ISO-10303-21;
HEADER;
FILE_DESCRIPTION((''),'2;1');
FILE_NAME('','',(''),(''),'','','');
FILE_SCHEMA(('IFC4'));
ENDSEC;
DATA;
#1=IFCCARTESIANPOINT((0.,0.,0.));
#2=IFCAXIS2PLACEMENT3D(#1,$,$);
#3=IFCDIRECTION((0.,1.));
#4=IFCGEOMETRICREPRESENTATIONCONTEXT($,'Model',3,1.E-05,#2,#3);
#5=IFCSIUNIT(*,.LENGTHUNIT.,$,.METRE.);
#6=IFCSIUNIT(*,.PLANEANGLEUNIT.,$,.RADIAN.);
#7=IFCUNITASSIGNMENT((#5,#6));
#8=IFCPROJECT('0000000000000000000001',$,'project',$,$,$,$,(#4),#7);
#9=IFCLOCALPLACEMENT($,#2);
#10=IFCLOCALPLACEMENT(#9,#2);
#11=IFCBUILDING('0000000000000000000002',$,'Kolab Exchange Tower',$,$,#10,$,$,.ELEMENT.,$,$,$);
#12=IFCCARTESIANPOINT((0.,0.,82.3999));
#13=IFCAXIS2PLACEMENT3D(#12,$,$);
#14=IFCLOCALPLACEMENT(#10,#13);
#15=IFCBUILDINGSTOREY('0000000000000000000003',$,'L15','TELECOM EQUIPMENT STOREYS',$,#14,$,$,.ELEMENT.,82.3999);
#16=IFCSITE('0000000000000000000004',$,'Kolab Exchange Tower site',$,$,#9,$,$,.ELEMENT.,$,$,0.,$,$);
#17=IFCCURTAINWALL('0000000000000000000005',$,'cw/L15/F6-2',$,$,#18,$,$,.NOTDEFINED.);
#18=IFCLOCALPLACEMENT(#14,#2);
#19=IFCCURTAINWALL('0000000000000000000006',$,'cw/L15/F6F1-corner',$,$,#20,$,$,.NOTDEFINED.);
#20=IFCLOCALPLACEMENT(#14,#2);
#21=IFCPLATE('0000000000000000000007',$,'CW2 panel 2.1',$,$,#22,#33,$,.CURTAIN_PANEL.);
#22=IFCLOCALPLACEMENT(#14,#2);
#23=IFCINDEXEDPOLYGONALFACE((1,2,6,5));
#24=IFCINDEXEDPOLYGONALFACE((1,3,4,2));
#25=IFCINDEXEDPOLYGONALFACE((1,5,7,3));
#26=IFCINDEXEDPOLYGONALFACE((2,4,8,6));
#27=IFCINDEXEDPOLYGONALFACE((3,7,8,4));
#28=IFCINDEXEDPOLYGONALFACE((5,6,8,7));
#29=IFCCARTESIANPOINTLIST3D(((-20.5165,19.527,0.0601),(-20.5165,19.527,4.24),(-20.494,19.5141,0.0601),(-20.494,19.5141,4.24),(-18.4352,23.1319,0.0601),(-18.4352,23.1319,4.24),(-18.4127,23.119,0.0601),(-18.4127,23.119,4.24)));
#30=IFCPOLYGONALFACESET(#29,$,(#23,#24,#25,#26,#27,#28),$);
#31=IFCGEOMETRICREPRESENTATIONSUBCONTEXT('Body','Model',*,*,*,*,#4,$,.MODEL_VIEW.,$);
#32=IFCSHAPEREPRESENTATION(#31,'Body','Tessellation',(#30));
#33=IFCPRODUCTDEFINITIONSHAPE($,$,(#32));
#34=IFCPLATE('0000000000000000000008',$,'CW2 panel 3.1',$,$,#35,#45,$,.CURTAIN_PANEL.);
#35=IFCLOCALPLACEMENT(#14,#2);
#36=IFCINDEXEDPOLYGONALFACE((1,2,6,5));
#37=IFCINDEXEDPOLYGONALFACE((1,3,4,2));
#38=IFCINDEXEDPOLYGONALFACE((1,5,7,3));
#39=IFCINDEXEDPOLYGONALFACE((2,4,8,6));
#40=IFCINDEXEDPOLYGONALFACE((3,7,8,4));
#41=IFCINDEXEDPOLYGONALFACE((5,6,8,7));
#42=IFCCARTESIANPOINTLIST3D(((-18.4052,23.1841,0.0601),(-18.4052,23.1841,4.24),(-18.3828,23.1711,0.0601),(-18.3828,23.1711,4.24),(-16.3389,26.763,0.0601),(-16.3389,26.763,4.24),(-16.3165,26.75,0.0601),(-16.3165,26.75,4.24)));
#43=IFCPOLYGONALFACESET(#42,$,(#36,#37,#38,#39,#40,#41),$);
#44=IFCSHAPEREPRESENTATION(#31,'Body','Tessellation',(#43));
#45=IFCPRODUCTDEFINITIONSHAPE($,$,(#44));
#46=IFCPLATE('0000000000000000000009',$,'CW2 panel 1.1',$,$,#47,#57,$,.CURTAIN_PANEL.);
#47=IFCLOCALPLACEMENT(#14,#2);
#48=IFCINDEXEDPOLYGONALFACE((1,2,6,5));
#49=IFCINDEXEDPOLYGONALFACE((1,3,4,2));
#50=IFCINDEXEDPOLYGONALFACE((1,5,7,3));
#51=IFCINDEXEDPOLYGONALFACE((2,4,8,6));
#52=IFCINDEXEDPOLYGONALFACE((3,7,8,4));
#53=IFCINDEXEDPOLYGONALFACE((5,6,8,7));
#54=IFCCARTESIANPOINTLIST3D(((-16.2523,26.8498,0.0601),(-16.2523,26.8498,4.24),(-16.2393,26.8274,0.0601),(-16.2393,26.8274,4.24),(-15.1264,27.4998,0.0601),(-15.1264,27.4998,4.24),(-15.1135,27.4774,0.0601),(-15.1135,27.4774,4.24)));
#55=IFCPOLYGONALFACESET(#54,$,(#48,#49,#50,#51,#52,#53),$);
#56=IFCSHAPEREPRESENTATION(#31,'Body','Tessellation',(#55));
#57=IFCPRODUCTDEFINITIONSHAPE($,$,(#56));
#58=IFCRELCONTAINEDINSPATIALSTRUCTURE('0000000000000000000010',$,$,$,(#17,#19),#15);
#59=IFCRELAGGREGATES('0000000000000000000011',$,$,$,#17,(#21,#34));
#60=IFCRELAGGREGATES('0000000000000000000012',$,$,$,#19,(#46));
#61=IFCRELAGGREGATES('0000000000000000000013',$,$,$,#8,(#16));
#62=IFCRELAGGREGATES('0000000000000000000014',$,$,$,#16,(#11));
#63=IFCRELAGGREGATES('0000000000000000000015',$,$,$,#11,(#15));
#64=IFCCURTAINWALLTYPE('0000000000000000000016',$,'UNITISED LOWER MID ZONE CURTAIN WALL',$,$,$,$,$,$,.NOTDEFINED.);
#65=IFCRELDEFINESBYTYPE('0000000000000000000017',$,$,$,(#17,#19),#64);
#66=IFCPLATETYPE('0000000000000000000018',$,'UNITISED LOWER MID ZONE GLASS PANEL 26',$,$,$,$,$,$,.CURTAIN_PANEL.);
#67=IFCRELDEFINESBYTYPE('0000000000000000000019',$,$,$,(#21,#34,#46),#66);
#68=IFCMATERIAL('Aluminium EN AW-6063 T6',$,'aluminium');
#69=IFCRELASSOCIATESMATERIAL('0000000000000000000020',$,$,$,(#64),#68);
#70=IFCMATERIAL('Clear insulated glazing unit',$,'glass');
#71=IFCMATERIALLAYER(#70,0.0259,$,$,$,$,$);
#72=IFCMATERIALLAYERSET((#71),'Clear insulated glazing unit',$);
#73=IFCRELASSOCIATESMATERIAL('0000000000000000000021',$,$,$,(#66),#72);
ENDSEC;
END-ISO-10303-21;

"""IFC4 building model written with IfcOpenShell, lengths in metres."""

from ifc_helpers import new_model, si_unit, direction, frame, origin, origin_2d, place, context, subcontext, project, spatial, rectangle, extrude, material, layer, layer_set, type_object, element, aggregate, save


model = new_model("IFC4")

# Units and contexts
model_context = context("Model", 3, precision=1e-05, world=origin(), true_north=direction((0.0, 1.0)))
body_context = subcontext(model_context, "Body", "Model", "MODEL_VIEW")
ifc_project = project(units=[si_unit("LENGTHUNIT", "METRE"), si_unit("PLANEANGLEUNIT", "RADIAN")], contexts=[model_context])

# Site, building, storey
site_placement = place(None, origin())
site = spatial("IfcSite", under=ifc_project, at=site_placement, Name="Kolab Exchange Tower site", CompositionType="ELEMENT", RefElevation=0.0)
building_placement = place(site_placement, origin())
building = spatial("IfcBuilding", under=site, at=building_placement, Name="Kolab Exchange Tower", CompositionType="ELEMENT")
storey_placement = place(building_placement, frame((0.0, 0.0, 82.3999)))
storey = spatial("IfcBuildingStorey", under=building, at=storey_placement, Name="L15", Description="TELECOM EQUIPMENT STOREYS", CompositionType="ELEMENT", Elevation=82.3999)

# Shared definitions
ifc_material_1 = material(Name="Aluminium EN AW-6063 T6", Category="aluminium")
curtain_wall_type = type_object("IfcCurtainWallType", Name="UNITISED LOWER MID ZONE CURTAIN WALL", PredefinedType="NOTDEFINED", material=ifc_material_1)

# Curtain walls
curtain_wall_1_placement = place(storey_placement, origin())
curtain_wall_1 = element("IfcCurtainWall", 1, at=curtain_wall_1_placement, inside=storey, type_object=curtain_wall_type, Name="cw/L15/F6-2", PredefinedType="NOTDEFINED")
curtain_wall_2_placement = place(storey_placement, origin())
curtain_wall_2 = element("IfcCurtainWall", 2, at=curtain_wall_2_placement, inside=storey, type_object=curtain_wall_type, Name="cw/L15/F6F1-corner", PredefinedType="NOTDEFINED")

# Plates
ifc_material_2 = material(Name="Clear insulated glazing unit", Category="glass")
ifc_layer = layer(ifc_material_2, 0.0259)
ifc_layer_set = layer_set([ifc_layer], Name="Clear insulated glazing unit")
plate_type = type_object("IfcPlateType", Name="UNITISED LOWER MID ZONE GLASS PANEL 26", PredefinedType="CURTAIN_PANEL", material=ifc_layer_set)
plate_1_placement = place(storey_placement, frame((-19.4646, 21.323, 0.0601), z_axis=(0.0, 0.0, 1.0), x_axis=(0.5, 0.866025, 0.0)))
plate_1 = element("IfcPlate", 3, at=plate_1_placement, type_object=plate_type, Name="CW2 panel 2.1", PredefinedType="CURTAIN_PANEL", context=body_context, shape_type="SweptSolid", body=[
    extrude(rectangle(XDim=4.1626, YDim=0.0259, at=origin_2d()), origin(), (0.0, 0.0, 1.0), 4.1799),
])
plate_2_placement = place(storey_placement, frame((-17.3608, 24.967, 0.0601), z_axis=(0.0, 0.0, 1.0), x_axis=(0.5, 0.866025, 0.0)))
plate_2 = element("IfcPlate", 4, at=plate_2_placement, type_object=plate_type, Name="CW2 panel 3.1", PredefinedType="CURTAIN_PANEL", context=body_context, shape_type="SweptSolid", body=[
    extrude(rectangle(XDim=4.1326, YDim=0.0259, at=origin_2d()), origin(), (0.0, 0.0, 1.0), 4.1799),
])
aggregate(curtain_wall_1, [plate_1, plate_2])
plate_3_placement = place(storey_placement, frame((-15.6829, 27.1636, 0.0601), z_axis=(0.0, 0.0, 1.0), x_axis=(0.866025, 0.5, 0.0)))
plate_3 = element("IfcPlate", 5, at=plate_3_placement, type_object=plate_type, Name="CW2 panel 1.1", PredefinedType="CURTAIN_PANEL", context=body_context, shape_type="SweptSolid", body=[
    extrude(rectangle(XDim=1.3, YDim=0.0259, at=origin_2d()), origin(), (0.0, 0.0, 1.0), 4.1799),
])
aggregate(curtain_wall_2, [plate_3])

save(model, "model.ifc")
